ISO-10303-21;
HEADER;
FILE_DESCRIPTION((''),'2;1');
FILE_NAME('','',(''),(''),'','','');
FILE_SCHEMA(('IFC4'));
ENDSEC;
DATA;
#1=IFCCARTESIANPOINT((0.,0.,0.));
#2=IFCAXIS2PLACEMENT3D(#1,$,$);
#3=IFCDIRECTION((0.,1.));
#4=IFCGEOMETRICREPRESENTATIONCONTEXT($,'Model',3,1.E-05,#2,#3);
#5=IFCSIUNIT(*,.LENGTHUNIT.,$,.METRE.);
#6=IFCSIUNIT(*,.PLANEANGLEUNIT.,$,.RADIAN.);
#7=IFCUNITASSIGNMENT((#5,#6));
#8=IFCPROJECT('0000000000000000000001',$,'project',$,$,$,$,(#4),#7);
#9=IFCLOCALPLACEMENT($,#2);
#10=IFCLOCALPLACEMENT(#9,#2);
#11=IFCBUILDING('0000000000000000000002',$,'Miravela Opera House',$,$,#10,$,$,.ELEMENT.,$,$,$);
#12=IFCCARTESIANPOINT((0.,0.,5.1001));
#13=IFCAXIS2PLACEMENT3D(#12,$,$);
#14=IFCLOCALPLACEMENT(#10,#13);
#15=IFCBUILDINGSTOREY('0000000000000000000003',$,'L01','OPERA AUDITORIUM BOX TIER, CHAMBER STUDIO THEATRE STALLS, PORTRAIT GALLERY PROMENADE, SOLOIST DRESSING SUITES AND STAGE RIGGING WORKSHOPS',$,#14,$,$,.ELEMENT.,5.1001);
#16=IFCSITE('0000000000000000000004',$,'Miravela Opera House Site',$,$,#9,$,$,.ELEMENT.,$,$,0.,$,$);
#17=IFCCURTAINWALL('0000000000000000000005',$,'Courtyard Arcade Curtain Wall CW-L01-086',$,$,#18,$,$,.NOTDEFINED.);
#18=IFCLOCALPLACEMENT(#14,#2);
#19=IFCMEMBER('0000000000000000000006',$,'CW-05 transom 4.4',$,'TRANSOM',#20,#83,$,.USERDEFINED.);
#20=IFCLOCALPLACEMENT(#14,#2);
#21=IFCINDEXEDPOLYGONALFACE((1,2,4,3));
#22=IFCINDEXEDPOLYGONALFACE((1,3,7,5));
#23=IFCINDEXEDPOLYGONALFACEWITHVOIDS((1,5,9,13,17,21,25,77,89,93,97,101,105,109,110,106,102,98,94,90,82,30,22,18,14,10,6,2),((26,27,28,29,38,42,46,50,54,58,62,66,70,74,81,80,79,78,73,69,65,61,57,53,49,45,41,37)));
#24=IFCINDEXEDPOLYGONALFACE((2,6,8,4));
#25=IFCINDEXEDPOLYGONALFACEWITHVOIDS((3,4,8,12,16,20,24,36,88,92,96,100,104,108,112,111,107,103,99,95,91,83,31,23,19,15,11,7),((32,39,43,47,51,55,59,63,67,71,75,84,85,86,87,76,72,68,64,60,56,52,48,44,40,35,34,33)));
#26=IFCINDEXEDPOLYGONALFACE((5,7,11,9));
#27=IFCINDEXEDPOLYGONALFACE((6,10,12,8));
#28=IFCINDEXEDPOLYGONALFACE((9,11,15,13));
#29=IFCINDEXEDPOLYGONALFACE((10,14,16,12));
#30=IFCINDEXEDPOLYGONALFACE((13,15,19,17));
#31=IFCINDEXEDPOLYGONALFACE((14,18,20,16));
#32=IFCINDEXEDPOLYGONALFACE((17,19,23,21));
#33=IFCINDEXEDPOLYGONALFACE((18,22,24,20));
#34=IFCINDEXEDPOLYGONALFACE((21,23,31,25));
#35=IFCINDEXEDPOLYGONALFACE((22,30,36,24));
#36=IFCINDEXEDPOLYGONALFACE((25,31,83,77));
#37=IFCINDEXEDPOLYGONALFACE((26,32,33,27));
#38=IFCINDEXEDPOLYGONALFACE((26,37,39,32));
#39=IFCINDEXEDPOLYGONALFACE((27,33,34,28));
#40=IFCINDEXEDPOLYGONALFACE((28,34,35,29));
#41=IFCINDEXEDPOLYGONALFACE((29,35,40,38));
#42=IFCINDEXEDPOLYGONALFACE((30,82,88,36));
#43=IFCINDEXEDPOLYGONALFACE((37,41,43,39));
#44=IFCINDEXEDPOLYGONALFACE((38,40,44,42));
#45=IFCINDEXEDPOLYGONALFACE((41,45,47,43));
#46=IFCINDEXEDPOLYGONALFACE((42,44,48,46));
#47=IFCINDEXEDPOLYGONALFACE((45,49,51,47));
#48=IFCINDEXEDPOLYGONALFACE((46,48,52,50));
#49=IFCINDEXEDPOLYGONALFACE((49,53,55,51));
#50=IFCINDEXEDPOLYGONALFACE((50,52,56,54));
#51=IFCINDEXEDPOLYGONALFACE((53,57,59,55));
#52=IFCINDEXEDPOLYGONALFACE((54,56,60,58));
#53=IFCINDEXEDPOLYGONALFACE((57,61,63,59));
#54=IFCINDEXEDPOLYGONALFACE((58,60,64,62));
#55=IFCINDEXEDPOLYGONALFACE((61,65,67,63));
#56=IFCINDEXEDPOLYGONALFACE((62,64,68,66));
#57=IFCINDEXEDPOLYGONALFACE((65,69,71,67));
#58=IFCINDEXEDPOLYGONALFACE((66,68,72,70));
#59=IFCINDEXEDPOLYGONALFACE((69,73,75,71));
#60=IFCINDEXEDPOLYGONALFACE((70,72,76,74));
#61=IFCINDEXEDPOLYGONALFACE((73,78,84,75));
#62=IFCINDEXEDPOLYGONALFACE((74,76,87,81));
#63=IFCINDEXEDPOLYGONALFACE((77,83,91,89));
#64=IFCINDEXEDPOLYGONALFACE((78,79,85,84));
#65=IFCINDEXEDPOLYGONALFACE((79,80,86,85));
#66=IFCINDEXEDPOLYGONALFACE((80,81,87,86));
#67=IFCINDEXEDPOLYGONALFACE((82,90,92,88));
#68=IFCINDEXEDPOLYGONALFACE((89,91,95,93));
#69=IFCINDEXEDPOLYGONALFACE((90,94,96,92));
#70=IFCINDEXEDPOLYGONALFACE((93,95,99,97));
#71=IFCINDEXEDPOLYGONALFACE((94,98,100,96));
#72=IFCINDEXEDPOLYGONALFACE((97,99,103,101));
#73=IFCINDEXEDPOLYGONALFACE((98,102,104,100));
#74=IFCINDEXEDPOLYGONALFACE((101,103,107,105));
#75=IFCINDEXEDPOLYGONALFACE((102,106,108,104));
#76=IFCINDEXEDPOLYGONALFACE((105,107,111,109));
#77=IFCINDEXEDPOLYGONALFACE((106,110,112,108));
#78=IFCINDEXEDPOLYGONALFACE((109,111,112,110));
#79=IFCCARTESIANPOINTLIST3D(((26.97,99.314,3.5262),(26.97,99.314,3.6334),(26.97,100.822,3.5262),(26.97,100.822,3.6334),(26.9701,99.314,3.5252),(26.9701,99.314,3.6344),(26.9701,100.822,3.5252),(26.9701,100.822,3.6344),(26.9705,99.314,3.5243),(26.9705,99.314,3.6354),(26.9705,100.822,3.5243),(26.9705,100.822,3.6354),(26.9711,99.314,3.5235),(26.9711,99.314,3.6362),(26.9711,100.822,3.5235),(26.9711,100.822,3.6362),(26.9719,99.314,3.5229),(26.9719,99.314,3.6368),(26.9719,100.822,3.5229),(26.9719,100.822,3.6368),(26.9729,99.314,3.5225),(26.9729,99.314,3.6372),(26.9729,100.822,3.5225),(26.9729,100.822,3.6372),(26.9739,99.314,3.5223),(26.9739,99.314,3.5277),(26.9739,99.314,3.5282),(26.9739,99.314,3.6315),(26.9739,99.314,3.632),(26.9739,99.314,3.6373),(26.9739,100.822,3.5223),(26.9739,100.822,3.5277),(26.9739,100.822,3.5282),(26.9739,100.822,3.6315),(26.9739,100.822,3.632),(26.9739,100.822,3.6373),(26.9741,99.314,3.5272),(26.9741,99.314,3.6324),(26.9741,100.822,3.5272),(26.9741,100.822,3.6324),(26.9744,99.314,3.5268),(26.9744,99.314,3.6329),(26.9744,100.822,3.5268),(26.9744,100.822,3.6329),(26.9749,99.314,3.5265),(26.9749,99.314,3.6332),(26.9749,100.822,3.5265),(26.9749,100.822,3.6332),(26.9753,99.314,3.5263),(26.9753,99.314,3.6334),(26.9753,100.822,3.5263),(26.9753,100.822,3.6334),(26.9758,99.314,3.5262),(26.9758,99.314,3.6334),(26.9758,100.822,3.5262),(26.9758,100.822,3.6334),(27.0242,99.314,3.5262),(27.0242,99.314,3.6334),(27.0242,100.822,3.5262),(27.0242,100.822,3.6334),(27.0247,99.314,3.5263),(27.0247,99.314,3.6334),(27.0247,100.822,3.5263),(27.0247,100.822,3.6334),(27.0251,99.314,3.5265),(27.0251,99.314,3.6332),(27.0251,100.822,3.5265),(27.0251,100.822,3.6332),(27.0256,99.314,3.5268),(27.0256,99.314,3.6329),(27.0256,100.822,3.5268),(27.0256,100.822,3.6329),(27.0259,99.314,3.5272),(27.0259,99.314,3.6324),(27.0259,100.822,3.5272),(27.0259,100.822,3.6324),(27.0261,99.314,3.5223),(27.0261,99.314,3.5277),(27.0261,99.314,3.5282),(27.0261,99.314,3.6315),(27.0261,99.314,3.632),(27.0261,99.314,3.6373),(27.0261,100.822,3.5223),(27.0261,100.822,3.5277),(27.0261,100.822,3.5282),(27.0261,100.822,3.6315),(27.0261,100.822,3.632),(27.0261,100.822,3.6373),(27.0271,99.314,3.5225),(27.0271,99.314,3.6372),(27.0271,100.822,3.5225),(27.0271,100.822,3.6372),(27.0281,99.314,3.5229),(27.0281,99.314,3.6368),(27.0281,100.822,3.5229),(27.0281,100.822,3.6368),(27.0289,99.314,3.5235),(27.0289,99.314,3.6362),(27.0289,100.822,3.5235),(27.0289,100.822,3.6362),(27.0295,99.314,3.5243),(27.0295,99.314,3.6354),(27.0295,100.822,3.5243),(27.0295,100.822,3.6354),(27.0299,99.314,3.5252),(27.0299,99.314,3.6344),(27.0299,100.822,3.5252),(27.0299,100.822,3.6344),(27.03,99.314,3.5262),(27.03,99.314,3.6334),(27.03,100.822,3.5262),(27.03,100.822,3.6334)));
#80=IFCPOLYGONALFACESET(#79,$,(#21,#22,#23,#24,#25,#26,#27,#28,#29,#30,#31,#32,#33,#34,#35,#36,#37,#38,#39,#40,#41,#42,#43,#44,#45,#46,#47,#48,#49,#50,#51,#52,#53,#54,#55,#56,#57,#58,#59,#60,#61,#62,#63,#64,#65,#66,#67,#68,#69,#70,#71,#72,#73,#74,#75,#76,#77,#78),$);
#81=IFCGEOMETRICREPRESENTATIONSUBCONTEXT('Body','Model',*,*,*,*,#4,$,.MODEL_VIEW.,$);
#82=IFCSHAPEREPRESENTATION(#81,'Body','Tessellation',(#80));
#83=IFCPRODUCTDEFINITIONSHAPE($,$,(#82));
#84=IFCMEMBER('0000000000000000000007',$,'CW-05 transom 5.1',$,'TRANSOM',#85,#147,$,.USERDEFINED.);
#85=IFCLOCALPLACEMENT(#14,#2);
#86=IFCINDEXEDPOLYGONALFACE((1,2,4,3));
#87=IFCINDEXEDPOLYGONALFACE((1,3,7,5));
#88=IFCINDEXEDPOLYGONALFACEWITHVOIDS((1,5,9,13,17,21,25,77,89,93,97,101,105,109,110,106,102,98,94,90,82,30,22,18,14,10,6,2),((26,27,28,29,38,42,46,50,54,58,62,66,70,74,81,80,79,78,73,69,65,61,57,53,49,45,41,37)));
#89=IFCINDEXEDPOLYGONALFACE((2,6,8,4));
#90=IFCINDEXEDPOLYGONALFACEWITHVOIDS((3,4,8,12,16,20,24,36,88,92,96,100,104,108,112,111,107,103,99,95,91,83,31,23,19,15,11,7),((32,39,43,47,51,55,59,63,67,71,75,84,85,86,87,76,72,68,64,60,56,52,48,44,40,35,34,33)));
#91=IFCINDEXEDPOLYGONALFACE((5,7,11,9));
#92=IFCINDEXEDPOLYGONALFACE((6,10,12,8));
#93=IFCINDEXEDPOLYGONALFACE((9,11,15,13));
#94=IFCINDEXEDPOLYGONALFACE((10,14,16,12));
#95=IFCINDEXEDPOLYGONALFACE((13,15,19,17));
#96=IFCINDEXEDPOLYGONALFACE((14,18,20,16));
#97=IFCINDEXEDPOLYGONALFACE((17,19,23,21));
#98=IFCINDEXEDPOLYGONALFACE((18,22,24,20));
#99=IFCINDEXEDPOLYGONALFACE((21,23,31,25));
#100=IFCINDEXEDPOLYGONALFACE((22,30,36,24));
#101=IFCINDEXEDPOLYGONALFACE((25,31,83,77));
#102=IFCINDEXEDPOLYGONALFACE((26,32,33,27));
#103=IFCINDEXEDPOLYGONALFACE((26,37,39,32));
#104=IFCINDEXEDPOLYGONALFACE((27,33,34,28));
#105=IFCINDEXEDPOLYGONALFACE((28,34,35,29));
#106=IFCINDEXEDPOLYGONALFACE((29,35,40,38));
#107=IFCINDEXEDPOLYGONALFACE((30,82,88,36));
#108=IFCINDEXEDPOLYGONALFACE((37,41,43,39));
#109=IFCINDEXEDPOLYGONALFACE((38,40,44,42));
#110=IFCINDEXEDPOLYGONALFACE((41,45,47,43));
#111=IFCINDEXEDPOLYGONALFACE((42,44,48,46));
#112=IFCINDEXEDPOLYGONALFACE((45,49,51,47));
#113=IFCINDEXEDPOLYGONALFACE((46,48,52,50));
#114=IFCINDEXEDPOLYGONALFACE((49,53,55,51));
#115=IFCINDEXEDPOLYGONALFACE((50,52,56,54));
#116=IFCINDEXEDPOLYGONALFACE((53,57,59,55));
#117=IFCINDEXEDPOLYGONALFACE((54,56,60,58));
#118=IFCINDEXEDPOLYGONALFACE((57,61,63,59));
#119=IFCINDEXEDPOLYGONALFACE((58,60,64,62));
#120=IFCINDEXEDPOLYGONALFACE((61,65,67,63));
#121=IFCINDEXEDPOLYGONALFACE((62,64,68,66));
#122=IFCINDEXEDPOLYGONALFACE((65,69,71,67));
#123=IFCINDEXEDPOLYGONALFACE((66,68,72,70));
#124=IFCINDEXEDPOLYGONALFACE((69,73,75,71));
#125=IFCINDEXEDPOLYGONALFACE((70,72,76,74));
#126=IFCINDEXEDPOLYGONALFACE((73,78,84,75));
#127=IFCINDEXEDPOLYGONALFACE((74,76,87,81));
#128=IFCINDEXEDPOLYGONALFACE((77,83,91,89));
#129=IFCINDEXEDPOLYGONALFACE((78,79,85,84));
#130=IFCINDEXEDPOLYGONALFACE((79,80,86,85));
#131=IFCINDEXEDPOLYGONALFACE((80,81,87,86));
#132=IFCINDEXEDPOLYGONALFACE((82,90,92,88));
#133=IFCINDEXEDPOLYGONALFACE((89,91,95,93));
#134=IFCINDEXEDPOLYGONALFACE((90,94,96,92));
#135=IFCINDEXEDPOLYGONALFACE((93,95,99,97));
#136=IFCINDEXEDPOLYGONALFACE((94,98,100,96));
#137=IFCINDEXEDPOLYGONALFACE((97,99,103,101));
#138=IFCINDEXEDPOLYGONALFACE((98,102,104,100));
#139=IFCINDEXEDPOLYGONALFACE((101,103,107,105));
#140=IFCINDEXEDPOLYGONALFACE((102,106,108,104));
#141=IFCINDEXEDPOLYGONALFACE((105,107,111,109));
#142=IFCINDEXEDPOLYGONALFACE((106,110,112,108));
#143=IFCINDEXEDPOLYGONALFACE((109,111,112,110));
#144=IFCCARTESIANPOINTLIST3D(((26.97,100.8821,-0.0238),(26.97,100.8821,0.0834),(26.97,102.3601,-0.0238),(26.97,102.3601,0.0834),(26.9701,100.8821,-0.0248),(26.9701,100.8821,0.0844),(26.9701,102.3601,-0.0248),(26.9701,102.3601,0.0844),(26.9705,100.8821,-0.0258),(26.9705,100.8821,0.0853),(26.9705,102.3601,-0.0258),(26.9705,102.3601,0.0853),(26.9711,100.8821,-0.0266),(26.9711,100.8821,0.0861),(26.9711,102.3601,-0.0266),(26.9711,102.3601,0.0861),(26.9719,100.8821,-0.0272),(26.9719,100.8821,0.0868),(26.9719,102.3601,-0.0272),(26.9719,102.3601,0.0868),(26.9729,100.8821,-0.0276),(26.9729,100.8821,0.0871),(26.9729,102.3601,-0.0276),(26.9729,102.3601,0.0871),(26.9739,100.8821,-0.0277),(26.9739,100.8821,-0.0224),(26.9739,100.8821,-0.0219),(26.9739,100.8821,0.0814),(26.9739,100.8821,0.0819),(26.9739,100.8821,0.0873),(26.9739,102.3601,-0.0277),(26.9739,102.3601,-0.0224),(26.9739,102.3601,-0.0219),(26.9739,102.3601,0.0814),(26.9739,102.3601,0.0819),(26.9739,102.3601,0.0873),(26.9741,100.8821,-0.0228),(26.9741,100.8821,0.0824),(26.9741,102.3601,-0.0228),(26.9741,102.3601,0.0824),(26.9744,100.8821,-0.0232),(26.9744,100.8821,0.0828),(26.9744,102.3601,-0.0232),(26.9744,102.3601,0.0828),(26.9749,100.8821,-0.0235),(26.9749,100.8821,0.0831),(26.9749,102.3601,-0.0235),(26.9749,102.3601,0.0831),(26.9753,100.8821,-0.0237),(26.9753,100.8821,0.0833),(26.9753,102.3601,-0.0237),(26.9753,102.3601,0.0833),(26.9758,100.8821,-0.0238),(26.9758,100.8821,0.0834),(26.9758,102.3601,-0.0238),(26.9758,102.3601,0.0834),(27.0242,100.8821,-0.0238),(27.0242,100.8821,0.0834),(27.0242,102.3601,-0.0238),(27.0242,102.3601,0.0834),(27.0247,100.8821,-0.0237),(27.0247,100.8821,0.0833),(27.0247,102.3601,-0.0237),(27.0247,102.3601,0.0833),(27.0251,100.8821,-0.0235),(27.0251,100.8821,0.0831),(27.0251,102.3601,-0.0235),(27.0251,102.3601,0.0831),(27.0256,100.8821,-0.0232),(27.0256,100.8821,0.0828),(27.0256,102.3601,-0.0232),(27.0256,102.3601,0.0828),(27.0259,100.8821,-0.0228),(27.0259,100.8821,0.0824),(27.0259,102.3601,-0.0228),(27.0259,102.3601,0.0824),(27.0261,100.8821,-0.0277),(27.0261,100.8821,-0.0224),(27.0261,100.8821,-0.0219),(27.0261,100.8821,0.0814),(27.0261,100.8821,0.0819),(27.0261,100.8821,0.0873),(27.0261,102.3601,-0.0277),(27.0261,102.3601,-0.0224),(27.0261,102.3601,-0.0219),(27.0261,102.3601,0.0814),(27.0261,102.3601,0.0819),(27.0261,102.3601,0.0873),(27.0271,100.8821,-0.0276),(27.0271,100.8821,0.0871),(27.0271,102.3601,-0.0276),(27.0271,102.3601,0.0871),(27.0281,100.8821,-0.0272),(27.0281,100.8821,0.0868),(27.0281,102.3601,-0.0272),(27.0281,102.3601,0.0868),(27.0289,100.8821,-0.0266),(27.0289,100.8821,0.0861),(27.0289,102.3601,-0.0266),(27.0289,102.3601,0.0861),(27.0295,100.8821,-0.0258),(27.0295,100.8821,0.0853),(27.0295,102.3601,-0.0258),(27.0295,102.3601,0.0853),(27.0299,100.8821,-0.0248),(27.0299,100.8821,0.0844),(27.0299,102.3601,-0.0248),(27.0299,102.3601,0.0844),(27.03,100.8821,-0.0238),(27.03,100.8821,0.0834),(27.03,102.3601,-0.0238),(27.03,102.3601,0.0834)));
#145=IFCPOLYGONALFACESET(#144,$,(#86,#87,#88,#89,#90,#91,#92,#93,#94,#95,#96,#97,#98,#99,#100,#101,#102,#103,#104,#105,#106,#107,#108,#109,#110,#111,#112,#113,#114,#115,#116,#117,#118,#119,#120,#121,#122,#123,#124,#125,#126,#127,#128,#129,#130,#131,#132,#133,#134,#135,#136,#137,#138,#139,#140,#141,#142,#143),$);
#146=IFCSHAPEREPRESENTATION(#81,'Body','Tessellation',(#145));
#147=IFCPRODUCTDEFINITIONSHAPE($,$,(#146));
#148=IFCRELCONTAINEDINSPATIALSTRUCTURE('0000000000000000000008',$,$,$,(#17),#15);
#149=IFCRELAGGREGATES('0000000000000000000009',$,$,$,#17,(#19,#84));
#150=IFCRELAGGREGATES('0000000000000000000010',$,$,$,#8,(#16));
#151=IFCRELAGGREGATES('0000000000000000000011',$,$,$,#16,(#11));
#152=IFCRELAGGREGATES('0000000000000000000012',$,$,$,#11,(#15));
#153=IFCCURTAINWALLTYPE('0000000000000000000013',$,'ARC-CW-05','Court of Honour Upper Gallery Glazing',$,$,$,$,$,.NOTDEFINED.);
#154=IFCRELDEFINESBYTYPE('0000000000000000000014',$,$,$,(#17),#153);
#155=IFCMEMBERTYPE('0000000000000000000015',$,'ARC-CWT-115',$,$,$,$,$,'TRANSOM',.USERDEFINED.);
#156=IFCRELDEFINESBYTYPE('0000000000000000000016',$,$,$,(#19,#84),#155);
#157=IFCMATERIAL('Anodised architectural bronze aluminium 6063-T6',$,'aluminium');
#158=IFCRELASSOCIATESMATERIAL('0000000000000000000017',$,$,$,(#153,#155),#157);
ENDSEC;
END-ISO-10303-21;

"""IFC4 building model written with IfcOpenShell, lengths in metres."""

from ifc_helpers import new_model, si_unit, direction, frame, origin, origin_2d, place, context, subcontext, project, spatial, hollow_rectangle, extrude, material, material_profile, profile_set, type_object, element, aggregate, save


model = new_model("IFC4")

# Units and contexts
model_context = context("Model", 3, precision=1e-05, world=origin(), true_north=direction((0.0, 1.0)))
body_context = subcontext(model_context, "Body", "Model", "MODEL_VIEW")
ifc_project = project(units=[si_unit("LENGTHUNIT", "METRE"), si_unit("PLANEANGLEUNIT", "RADIAN")], contexts=[model_context])

# Site, building, storey
site_placement = place(None, origin())
site = spatial("IfcSite", under=ifc_project, at=site_placement, Name="Miravela Opera House Site", CompositionType="ELEMENT", RefElevation=0.0)
building_placement = place(site_placement, origin())
building = spatial("IfcBuilding", under=site, at=building_placement, Name="Miravela Opera House", CompositionType="ELEMENT")
storey_placement = place(building_placement, frame((0.0, 0.0, 5.1001)))
storey = spatial("IfcBuildingStorey", under=building, at=storey_placement, Name="L01", Description="OPERA AUDITORIUM BOX TIER, CHAMBER STUDIO THEATRE STALLS, PORTRAIT GALLERY PROMENADE, SOLOIST DRESSING SUITES AND STAGE RIGGING WORKSHOPS", CompositionType="ELEMENT", Elevation=5.1001)

# Shared definitions
ifc_material_1 = material(Name="Anodised architectural bronze aluminium 6063-T6", Category="aluminium")
curtain_wall_type = type_object("IfcCurtainWallType", Name="ARC-CW-05", Description="Court of Honour Upper Gallery Glazing", PredefinedType="NOTDEFINED", material=ifc_material_1)

# Curtain wall
curtain_wall_1_placement = place(storey_placement, origin())
curtain_wall_1 = element("IfcCurtainWall", 1, at=curtain_wall_1_placement, inside=storey, type_object=curtain_wall_type, Name="Courtyard Arcade Curtain Wall CW-L01-086", PredefinedType="NOTDEFINED")

# Members
ifc_material_profile_1 = material_profile(ifc_material_1, hollow_rectangle(XDim=0.0601, YDim=0.115, WallThickness=0.0039, InnerFilletRadius=0.002, OuterFilletRadius=0.0039, at=origin_2d()), Name="CWT-60X115")
ifc_profile_set_1 = profile_set([ifc_material_profile_1])
member_type_1 = type_object("IfcMemberType", Name="ARC-CWT-115", ElementType="TRANSOM", PredefinedType="USERDEFINED", material=ifc_profile_set_1)
member_1_placement = place(storey_placement, frame((27.0, 99.314, 3.5798), z_axis=(0.0, 1.0, 0.0), x_axis=(-1.0, 0.0, 0.0)))
member_1 = element("IfcMember", 2, at=member_1_placement, type_object=member_type_1, Name="CW-05 transom 4.4", ObjectType="TRANSOM", PredefinedType="USERDEFINED", context=body_context, shape_type="SweptSolid", body=[
    extrude(hollow_rectangle(XDim=0.0601, YDim=0.115, WallThickness=0.0039, InnerFilletRadius=0.002, OuterFilletRadius=0.0039, at=origin_2d()), origin(), (0.0, 0.0, 1.0), 1.5081),
])
member_2_placement = place(storey_placement, frame((27.0, 100.8821, 0.0298), z_axis=(0.0, 1.0, 0.0), x_axis=(-1.0, 0.0, 0.0)))
member_2 = element("IfcMember", 3, at=member_2_placement, type_object=member_type_1, Name="CW-05 transom 5.1", ObjectType="TRANSOM", PredefinedType="USERDEFINED", context=body_context, shape_type="SweptSolid", body=[
    extrude(hollow_rectangle(XDim=0.0601, YDim=0.115, WallThickness=0.0039, InnerFilletRadius=0.002, OuterFilletRadius=0.0039, at=origin_2d()), origin(), (0.0, 0.0, 1.0), 1.478),
])

aggregate(curtain_wall_1, [member_1, member_2])

save(model, "model.ifc")
